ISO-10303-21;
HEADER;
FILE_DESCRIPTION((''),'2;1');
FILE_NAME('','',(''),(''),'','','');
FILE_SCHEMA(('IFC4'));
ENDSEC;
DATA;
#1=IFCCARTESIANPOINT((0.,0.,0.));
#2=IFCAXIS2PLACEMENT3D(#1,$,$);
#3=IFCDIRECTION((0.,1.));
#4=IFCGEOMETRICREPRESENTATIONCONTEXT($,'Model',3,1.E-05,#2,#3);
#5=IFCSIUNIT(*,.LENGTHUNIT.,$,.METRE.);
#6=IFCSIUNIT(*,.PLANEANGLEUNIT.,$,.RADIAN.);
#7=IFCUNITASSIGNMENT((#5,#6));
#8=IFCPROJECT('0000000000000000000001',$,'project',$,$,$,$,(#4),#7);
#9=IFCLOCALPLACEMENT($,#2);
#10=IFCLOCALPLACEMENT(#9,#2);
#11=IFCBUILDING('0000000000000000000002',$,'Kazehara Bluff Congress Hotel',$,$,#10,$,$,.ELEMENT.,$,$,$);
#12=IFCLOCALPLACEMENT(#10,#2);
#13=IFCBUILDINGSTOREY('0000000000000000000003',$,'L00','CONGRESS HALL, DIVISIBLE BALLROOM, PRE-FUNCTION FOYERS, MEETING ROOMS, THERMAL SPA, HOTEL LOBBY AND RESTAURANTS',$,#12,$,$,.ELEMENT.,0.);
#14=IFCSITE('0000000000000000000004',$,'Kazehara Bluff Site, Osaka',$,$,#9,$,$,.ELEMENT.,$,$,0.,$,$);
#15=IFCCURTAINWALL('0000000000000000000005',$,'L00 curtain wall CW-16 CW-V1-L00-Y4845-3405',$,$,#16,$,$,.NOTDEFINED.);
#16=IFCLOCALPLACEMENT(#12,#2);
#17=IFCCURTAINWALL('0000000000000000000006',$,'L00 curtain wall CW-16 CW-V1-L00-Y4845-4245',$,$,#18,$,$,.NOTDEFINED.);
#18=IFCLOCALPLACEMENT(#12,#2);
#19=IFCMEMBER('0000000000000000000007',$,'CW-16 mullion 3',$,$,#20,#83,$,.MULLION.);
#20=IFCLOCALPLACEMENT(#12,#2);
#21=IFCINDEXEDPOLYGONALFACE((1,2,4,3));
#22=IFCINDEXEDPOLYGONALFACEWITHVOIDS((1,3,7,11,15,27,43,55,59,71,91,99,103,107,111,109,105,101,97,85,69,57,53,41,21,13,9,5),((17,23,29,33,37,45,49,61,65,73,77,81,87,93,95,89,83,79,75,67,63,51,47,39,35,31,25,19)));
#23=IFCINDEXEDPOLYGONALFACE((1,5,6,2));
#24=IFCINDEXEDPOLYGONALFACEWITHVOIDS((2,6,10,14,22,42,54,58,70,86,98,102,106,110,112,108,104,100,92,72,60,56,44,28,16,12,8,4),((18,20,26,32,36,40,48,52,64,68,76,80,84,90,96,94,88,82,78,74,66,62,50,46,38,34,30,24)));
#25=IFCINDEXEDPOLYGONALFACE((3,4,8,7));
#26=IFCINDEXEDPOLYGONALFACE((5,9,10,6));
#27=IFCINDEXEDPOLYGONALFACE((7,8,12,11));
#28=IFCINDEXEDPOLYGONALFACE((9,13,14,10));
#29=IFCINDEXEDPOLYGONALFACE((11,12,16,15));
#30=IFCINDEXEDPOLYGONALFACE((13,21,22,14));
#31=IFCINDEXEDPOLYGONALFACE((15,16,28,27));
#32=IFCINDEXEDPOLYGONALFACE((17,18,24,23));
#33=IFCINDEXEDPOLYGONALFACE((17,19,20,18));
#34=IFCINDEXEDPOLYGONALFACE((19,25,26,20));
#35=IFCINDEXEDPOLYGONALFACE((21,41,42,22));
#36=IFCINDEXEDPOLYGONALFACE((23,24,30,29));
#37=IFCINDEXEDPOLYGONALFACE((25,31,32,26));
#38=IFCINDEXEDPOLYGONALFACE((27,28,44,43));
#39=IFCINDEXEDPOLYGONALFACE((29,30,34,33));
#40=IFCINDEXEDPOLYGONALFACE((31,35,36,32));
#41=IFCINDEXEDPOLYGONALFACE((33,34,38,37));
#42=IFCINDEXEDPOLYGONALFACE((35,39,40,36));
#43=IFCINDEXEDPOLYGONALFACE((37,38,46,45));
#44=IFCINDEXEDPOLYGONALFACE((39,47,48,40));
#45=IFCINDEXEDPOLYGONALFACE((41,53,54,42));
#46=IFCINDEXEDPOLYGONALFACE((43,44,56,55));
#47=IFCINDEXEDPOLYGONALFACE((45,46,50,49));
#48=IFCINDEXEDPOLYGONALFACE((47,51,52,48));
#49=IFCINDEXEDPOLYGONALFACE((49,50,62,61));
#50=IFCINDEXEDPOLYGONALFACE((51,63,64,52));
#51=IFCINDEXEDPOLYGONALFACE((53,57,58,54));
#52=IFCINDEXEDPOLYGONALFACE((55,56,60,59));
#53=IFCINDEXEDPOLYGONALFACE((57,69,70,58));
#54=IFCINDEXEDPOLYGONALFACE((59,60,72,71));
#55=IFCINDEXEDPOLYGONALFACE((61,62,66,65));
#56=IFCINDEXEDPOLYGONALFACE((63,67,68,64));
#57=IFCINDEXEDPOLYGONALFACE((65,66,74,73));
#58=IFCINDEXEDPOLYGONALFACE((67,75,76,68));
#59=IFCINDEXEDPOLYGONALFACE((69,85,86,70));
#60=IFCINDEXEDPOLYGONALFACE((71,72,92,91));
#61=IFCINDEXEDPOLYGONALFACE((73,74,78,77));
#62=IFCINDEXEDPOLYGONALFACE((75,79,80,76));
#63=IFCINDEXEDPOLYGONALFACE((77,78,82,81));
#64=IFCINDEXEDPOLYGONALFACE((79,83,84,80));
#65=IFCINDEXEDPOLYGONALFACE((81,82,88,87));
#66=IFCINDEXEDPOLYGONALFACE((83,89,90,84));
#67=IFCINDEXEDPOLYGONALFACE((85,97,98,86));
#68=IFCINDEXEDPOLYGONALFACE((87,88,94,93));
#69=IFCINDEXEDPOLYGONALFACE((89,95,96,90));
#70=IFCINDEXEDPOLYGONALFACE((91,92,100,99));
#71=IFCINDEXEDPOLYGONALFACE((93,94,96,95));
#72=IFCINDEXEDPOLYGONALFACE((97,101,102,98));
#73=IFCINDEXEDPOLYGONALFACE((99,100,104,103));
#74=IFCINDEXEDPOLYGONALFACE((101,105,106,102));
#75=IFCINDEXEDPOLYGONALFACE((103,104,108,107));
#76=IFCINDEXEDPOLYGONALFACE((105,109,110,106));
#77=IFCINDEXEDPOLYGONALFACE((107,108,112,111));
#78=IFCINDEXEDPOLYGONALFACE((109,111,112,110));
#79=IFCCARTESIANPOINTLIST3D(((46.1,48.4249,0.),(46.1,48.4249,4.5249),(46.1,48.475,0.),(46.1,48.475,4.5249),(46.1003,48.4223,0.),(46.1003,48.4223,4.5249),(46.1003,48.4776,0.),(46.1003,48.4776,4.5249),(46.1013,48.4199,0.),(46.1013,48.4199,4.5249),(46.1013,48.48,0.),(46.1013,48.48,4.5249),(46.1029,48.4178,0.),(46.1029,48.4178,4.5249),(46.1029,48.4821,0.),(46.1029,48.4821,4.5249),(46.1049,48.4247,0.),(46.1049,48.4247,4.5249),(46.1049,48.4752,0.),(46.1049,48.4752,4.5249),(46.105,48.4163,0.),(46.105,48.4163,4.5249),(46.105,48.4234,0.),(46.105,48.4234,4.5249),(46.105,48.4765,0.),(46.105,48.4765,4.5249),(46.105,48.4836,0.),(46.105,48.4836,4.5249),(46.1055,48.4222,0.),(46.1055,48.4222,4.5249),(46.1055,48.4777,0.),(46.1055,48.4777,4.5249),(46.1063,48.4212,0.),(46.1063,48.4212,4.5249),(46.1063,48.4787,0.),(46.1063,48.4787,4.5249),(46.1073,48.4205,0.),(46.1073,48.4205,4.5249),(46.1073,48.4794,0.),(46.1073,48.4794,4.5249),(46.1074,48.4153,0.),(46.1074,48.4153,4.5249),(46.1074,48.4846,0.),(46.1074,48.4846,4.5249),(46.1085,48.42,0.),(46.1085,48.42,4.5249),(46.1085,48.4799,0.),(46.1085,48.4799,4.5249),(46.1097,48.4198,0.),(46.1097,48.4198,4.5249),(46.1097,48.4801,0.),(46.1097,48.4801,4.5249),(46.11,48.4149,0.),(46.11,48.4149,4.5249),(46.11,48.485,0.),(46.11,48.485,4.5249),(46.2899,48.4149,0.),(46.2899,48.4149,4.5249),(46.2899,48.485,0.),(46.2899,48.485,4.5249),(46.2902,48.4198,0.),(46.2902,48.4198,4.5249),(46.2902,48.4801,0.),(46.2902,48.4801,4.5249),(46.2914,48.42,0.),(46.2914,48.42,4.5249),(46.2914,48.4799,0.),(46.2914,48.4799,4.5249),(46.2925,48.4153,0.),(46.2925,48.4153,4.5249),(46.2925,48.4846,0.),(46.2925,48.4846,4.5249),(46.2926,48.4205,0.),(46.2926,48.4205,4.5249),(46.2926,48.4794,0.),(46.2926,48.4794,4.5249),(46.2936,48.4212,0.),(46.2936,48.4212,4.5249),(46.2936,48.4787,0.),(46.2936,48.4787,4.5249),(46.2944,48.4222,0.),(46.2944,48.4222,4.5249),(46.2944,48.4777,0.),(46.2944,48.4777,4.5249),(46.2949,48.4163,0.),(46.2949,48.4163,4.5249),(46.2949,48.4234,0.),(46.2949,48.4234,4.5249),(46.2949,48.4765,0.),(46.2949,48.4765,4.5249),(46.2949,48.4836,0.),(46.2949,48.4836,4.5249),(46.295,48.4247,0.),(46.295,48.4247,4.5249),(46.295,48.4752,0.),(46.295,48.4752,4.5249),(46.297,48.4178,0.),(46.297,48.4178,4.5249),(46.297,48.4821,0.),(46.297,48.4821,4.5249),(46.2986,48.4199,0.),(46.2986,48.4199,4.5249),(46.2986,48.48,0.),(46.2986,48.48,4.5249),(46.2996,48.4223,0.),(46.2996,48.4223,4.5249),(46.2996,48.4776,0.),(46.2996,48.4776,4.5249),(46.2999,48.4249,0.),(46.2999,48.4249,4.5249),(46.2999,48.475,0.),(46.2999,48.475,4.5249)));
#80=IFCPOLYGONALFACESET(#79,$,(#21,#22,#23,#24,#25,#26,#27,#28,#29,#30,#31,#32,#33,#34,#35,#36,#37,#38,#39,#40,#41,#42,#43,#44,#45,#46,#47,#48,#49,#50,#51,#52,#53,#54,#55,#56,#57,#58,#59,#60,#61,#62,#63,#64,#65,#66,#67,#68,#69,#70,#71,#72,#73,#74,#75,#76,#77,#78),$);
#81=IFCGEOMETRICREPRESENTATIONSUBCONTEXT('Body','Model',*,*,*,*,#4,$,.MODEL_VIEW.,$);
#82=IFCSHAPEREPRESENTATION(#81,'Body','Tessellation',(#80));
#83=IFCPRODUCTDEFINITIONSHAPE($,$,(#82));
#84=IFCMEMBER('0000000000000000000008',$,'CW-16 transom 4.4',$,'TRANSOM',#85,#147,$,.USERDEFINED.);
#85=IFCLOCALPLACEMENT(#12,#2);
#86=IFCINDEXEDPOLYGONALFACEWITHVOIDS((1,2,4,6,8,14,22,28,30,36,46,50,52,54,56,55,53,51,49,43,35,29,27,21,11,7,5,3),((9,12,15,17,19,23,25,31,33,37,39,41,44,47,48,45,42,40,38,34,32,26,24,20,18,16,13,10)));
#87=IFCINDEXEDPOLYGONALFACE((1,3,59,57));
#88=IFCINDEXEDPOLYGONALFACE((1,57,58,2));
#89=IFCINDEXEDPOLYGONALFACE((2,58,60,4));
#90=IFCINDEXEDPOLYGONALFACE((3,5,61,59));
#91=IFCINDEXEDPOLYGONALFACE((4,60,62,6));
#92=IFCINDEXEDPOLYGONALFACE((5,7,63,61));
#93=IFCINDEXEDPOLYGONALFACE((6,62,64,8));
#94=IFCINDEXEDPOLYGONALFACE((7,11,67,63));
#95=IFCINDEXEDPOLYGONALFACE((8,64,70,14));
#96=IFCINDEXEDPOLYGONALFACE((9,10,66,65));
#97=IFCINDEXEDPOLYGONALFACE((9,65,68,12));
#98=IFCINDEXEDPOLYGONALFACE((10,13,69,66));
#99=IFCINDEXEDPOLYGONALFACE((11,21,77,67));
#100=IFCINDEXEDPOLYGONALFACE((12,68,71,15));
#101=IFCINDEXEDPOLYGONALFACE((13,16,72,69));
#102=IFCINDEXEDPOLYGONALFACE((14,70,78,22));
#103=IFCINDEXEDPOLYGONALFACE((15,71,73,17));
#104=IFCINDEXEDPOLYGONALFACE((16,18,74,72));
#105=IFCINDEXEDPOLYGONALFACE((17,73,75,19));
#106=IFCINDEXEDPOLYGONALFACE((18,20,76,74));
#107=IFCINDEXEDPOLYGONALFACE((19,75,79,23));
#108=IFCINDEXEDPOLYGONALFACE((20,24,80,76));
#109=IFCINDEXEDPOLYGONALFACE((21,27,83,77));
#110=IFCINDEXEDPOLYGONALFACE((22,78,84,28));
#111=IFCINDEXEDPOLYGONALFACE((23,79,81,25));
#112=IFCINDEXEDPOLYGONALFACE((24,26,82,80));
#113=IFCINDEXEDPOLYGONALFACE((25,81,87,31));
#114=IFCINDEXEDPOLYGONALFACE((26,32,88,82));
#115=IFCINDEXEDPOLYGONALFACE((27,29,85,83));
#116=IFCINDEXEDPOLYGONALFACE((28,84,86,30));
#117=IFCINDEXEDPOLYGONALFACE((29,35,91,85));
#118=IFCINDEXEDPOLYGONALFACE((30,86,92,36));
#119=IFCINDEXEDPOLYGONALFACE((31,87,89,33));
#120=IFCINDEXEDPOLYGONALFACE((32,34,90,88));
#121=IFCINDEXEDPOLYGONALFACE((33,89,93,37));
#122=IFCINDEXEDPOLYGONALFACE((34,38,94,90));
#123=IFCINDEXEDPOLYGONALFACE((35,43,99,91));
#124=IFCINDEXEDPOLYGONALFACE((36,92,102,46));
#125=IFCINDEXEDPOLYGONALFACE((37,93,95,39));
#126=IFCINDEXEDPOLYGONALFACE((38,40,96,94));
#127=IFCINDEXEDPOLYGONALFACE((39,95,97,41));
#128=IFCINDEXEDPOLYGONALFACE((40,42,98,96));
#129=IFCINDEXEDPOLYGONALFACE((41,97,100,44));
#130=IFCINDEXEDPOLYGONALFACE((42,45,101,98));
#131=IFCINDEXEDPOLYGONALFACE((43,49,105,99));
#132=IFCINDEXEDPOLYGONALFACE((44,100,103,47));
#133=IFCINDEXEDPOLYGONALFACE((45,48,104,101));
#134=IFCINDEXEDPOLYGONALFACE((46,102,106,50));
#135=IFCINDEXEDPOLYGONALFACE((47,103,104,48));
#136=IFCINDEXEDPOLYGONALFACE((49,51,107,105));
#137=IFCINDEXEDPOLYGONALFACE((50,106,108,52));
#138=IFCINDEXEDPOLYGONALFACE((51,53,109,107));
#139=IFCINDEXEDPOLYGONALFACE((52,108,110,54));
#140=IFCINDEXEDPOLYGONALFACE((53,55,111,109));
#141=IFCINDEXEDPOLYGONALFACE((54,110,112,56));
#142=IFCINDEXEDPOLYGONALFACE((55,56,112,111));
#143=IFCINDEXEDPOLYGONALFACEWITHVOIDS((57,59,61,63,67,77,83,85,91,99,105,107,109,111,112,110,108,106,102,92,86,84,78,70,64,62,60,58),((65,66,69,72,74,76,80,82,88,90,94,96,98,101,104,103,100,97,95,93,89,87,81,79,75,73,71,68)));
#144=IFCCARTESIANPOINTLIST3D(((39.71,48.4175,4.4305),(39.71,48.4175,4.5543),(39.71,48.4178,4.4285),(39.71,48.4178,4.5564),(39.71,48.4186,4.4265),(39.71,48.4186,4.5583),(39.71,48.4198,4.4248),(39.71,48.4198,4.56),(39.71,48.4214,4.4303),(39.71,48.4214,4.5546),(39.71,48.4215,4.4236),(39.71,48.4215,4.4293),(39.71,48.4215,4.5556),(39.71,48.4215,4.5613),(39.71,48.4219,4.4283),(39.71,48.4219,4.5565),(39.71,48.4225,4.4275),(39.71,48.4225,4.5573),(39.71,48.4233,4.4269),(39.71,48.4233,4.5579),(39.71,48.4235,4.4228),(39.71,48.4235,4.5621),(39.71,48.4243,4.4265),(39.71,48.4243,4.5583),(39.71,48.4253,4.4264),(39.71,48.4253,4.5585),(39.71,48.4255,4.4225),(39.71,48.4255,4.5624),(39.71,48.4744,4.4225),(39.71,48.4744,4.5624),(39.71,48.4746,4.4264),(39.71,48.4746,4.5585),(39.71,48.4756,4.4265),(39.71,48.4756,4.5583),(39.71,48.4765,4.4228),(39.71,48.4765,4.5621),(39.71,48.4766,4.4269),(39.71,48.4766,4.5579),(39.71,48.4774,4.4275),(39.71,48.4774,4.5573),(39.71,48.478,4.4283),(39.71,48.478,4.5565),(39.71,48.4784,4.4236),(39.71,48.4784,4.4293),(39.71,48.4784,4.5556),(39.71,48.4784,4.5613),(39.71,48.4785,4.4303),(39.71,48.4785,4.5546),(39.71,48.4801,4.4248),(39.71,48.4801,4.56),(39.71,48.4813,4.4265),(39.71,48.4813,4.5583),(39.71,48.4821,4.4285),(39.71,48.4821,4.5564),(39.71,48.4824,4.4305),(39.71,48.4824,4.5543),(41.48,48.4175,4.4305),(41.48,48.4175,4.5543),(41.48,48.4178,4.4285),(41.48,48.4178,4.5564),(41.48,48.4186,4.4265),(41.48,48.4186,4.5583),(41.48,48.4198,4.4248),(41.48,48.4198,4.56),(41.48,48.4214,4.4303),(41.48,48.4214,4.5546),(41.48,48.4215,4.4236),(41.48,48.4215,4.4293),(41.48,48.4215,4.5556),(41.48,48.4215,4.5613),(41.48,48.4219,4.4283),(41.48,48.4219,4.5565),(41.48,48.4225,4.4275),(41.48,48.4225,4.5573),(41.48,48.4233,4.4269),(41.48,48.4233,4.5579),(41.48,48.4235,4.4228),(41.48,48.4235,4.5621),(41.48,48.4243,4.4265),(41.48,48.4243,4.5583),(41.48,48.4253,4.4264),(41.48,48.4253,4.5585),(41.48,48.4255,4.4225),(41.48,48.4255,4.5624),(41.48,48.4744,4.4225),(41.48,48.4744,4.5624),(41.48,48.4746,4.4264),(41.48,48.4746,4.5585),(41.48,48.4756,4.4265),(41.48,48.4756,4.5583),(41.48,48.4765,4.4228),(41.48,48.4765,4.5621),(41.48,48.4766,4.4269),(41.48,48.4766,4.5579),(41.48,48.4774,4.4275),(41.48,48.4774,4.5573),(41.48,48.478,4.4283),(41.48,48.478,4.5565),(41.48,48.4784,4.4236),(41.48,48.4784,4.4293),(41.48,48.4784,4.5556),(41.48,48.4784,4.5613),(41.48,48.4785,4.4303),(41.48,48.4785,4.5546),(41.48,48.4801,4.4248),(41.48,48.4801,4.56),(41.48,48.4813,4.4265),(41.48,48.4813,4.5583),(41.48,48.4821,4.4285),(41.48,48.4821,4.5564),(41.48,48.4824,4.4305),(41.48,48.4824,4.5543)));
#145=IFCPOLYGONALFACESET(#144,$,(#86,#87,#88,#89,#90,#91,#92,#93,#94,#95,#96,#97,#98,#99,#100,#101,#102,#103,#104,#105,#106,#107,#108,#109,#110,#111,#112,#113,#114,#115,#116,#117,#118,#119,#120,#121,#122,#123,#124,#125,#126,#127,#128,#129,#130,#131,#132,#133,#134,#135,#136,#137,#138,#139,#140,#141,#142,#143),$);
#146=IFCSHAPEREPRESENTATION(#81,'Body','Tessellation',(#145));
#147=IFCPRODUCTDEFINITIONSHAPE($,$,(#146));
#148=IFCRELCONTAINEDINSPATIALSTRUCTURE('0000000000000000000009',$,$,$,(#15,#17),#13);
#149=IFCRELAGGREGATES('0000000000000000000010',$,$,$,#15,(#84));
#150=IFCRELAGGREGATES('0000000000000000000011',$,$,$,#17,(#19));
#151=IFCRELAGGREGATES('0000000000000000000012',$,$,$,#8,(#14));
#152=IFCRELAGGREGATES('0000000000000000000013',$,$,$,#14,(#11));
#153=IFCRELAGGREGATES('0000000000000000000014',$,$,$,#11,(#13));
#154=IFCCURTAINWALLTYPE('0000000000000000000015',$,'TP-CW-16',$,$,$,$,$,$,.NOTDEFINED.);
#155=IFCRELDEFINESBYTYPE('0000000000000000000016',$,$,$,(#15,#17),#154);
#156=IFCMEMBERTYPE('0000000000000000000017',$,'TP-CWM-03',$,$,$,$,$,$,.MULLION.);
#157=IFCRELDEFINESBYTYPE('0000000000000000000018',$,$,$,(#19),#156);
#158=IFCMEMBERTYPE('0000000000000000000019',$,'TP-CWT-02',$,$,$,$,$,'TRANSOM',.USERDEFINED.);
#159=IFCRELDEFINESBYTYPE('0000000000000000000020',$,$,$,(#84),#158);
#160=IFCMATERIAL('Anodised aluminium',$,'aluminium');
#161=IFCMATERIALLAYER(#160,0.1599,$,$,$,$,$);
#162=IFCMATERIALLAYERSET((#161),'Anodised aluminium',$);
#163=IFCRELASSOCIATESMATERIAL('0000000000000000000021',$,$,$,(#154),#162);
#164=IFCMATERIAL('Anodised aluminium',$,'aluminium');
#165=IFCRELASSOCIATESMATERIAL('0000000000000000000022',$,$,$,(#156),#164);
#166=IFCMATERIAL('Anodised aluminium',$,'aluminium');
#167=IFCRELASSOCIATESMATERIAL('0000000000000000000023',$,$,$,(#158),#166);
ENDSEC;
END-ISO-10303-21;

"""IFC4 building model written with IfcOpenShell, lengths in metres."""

from ifc_helpers import new_model, si_unit, direction, frame, origin, origin_2d, place, context, subcontext, project, spatial, hollow_rectangle, extrude, material, layer, layer_set, material_profile, profile_set, type_object, element, aggregate, save


model = new_model("IFC4")

# Units and contexts
model_context = context("Model", 3, precision=1e-05, world=origin(), true_north=direction((0.0, 1.0)))
body_context = subcontext(model_context, "Body", "Model", "MODEL_VIEW")
ifc_project = project(units=[si_unit("LENGTHUNIT", "METRE"), si_unit("PLANEANGLEUNIT", "RADIAN")], contexts=[model_context])

# Site, building, storey
site_placement = place(None, origin())
site = spatial("IfcSite", under=ifc_project, at=site_placement, Name="Kazehara Bluff Site, Osaka", CompositionType="ELEMENT", RefElevation=0.0)
building_placement = place(site_placement, origin())
building = spatial("IfcBuilding", under=site, at=building_placement, Name="Kazehara Bluff Congress Hotel", CompositionType="ELEMENT")
storey_placement = place(building_placement, origin())
storey = spatial("IfcBuildingStorey", under=building, at=storey_placement, Name="L00", Description="CONGRESS HALL, DIVISIBLE BALLROOM, PRE-FUNCTION FOYERS, MEETING ROOMS, THERMAL SPA, HOTEL LOBBY AND RESTAURANTS", CompositionType="ELEMENT", Elevation=0.0)

# Curtain wall
ifc_material_1 = material(Name="Anodised aluminium", Category="aluminium")
ifc_layer_1 = layer(ifc_material_1, 0.1599)
ifc_layer_set_1 = layer_set([ifc_layer_1], Name="Anodised aluminium")
curtain_wall_type = type_object("IfcCurtainWallType", Name="TP-CW-16", PredefinedType="NOTDEFINED", material=ifc_layer_set_1)
curtain_wall_1_placement = place(storey_placement, origin())
curtain_wall_1 = element("IfcCurtainWall", 1, at=curtain_wall_1_placement, inside=storey, type_object=curtain_wall_type, Name="L00 curtain wall CW-16 CW-V1-L00-Y4845-3405", PredefinedType="NOTDEFINED")
ifc_material_2 = material(Name="Anodised aluminium", Category="aluminium")
ifc_material_profile_1 = material_profile(ifc_material_2, hollow_rectangle(XDim=0.0701, YDim=0.2, WallThickness=0.0049, InnerFilletRadius=0.0049, OuterFilletRadius=0.01, at=origin_2d()))
ifc_profile_set_1 = profile_set([ifc_material_profile_1], Name="Anodised aluminium")
member_type_1 = type_object("IfcMemberType", Name="TP-CWM-03", PredefinedType="MULLION", material=ifc_profile_set_1)

# Curtain wall, member
curtain_wall_2_placement = place(storey_placement, origin())
curtain_wall_2 = element("IfcCurtainWall", 2, at=curtain_wall_2_placement, inside=storey, type_object=curtain_wall_type, Name="L00 curtain wall CW-16 CW-V1-L00-Y4845-4245", PredefinedType="NOTDEFINED")
member_1_placement = place(storey_placement, frame((46.2, 48.45, 0.0), z_axis=(0.0, 0.0, 1.0), x_axis=(0.0, 1.0, 0.0)))
member_1 = element("IfcMember", 3, at=member_1_placement, type_object=member_type_1, Name="CW-16 mullion 3", PredefinedType="MULLION", context=body_context, shape_type="SweptSolid", body=[
    extrude(hollow_rectangle(XDim=0.0701, YDim=0.2, WallThickness=0.0049, InnerFilletRadius=0.0049, OuterFilletRadius=0.01, at=origin_2d()), origin(), (0.0, 0.0, 1.0), 4.5249),
])

# Member
ifc_material_3 = material(Name="Anodised aluminium", Category="aluminium")
ifc_material_profile_2 = material_profile(ifc_material_3, hollow_rectangle(XDim=0.0649, YDim=0.1399, WallThickness=0.0039, InnerFilletRadius=0.0039, OuterFilletRadius=0.0081, at=origin_2d()))
ifc_profile_set_2 = profile_set([ifc_material_profile_2], Name="Anodised aluminium")
member_type_2 = type_object("IfcMemberType", Name="TP-CWT-02", ElementType="TRANSOM", PredefinedType="USERDEFINED", material=ifc_profile_set_2)
member_2_placement = place(storey_placement, frame((39.71, 48.45, 4.4924), z_axis=(1.0, 0.0, 0.0), x_axis=(0.0, 1.0, 0.0)))
member_2 = element("IfcMember", 4, at=member_2_placement, type_object=member_type_2, Name="CW-16 transom 4.4", ObjectType="TRANSOM", PredefinedType="USERDEFINED", context=body_context, shape_type="SweptSolid", body=[
    extrude(hollow_rectangle(XDim=0.0649, YDim=0.1399, WallThickness=0.0039, InnerFilletRadius=0.0039, OuterFilletRadius=0.0081, at=origin_2d()), origin(), (0.0, 0.0, 1.0), 1.77),
])

aggregate(curtain_wall_1, [member_2])
aggregate(curtain_wall_2, [member_1])

save(model, "model.ifc")
